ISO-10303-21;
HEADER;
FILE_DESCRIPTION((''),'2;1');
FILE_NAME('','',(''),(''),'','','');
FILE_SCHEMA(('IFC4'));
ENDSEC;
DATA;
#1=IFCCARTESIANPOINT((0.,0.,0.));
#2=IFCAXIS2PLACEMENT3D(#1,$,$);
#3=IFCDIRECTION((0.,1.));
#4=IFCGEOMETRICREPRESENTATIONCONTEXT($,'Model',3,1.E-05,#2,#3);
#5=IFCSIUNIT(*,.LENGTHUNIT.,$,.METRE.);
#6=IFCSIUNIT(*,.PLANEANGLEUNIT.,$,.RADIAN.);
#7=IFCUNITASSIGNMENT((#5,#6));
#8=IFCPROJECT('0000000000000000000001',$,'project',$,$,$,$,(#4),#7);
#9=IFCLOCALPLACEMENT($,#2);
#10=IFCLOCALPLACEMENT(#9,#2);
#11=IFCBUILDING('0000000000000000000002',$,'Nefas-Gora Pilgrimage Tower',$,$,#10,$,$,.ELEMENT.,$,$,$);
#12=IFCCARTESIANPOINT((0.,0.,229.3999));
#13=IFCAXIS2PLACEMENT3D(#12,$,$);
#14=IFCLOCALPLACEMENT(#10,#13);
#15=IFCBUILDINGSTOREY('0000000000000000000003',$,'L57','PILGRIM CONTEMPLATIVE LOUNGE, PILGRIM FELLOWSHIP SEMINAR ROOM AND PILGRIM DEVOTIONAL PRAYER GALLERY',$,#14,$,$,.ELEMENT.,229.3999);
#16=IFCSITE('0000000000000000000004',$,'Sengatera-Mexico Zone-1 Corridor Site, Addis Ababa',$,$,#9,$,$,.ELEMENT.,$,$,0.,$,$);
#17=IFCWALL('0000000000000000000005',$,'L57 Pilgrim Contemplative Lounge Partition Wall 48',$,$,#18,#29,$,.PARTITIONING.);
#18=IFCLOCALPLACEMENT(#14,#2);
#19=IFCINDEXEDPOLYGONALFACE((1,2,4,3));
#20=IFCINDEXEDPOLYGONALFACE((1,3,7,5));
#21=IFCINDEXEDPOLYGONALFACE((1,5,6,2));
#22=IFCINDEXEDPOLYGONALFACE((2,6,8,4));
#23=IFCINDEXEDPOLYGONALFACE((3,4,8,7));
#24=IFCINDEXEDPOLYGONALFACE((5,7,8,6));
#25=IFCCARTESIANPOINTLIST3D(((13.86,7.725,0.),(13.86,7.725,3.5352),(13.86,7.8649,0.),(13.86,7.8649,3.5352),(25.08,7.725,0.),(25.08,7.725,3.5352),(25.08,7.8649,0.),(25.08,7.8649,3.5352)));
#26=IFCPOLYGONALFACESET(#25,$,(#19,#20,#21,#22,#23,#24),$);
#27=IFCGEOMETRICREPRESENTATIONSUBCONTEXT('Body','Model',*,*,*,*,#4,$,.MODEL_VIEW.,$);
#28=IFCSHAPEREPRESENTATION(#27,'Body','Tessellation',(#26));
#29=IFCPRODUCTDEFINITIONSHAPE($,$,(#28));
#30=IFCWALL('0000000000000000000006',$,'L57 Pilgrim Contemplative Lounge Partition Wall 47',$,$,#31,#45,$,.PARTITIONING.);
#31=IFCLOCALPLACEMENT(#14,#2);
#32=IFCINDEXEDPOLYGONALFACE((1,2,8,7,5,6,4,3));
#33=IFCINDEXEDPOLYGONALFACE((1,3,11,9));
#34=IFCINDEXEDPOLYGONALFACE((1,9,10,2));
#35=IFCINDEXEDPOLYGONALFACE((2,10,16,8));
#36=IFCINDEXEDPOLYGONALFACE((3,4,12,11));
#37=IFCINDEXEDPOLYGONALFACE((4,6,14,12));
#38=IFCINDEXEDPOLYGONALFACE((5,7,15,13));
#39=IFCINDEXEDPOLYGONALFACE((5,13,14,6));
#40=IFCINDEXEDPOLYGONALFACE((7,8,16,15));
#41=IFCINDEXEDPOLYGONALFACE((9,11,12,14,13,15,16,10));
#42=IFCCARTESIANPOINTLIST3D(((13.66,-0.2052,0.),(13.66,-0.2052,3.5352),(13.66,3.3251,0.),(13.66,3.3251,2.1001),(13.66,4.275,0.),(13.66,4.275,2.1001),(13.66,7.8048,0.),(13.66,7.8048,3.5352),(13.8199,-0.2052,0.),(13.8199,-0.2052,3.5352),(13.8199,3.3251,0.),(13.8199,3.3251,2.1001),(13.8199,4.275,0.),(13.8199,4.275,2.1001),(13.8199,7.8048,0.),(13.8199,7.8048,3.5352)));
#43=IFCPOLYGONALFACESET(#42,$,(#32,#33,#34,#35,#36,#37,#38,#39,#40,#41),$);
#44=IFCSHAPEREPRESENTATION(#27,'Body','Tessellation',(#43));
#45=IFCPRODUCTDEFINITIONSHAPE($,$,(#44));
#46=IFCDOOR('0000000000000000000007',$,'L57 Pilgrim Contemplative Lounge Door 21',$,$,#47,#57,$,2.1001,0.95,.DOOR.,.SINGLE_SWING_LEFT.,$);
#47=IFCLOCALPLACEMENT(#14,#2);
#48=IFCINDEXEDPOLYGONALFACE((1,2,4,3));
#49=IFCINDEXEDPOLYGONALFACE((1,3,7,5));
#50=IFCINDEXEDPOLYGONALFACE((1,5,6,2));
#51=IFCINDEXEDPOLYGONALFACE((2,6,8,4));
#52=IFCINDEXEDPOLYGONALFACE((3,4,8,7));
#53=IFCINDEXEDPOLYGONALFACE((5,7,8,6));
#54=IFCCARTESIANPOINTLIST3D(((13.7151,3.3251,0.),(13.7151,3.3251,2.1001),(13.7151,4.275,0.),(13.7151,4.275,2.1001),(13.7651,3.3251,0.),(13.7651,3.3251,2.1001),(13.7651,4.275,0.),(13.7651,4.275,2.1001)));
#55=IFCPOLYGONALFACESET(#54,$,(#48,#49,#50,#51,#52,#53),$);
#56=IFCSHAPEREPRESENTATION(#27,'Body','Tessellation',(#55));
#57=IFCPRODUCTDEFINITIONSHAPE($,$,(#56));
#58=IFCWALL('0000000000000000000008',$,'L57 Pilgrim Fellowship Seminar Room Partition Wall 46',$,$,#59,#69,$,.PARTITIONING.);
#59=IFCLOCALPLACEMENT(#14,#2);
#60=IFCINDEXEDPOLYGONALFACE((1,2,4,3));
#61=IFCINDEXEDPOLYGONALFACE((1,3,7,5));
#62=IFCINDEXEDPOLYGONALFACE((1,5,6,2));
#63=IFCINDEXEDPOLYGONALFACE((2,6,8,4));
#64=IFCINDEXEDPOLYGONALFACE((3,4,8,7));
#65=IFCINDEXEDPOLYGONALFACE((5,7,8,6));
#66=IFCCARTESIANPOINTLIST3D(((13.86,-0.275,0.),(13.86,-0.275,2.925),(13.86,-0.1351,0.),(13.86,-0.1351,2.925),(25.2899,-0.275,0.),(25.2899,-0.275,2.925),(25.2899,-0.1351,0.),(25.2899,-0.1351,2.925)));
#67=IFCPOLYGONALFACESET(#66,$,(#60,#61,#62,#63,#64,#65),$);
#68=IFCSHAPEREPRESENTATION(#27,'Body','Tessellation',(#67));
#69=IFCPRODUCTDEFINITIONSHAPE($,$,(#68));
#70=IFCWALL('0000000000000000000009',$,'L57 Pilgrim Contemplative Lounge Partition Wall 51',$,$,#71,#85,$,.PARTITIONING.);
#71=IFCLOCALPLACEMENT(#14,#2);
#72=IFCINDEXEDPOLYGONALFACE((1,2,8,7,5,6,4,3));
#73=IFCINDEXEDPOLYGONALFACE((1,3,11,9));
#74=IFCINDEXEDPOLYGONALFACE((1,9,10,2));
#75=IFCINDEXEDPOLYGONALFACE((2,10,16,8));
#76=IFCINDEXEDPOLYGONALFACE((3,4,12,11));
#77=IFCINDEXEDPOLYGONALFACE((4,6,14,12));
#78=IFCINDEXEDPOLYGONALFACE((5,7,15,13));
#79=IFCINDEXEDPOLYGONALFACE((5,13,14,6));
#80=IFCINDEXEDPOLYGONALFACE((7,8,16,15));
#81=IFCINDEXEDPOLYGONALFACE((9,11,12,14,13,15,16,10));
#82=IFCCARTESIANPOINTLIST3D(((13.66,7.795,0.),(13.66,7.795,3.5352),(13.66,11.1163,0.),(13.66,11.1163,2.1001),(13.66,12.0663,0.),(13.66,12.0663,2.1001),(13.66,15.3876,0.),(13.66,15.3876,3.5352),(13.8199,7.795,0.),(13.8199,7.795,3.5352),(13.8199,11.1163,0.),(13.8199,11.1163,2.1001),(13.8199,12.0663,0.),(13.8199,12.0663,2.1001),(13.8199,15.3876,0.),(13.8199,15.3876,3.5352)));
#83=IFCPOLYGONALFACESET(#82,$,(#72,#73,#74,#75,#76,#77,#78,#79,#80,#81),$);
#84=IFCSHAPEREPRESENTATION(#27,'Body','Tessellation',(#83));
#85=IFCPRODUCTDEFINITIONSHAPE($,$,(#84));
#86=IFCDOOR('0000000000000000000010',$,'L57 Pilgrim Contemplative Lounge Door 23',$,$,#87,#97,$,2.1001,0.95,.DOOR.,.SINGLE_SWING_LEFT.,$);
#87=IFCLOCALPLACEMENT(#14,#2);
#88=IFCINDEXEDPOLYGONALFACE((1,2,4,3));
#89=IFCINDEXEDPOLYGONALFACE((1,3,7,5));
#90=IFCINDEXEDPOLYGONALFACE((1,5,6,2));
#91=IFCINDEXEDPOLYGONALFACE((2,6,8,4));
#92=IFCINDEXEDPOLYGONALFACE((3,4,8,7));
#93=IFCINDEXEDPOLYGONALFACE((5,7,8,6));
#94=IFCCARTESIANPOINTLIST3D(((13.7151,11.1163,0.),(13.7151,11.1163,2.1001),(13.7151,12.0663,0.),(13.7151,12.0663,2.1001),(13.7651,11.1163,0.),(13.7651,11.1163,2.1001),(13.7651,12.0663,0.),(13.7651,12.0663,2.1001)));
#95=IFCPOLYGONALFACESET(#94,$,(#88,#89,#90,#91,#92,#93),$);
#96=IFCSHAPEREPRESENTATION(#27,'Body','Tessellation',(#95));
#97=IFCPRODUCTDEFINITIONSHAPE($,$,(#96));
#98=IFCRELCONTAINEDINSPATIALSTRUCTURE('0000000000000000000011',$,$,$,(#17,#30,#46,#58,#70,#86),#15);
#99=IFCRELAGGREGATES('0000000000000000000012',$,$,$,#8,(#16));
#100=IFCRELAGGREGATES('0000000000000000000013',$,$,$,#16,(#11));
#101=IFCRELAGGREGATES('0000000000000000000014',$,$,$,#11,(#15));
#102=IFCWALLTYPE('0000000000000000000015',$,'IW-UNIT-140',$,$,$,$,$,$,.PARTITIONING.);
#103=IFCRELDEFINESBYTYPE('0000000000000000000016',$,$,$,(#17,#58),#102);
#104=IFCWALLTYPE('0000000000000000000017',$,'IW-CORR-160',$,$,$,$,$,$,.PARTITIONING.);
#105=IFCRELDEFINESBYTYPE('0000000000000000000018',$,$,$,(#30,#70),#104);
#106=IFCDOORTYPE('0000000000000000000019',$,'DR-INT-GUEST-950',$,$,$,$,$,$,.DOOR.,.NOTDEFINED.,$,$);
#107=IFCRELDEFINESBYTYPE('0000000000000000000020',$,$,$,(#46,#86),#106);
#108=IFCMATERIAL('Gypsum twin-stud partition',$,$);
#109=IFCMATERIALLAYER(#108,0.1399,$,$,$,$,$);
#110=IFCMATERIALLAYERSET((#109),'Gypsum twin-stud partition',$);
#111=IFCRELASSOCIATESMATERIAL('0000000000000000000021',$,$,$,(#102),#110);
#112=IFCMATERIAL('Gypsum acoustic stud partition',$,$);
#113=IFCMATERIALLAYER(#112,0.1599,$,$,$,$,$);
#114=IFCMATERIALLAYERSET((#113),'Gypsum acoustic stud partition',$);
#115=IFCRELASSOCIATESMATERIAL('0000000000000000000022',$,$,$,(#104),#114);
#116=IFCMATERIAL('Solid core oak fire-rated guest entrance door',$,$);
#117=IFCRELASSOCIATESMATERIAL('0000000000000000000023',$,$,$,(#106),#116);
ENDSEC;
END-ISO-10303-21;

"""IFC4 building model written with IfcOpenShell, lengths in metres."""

from ifc_helpers import new_model, si_unit, direction, frame, frame_2d, origin, place, context, subcontext, project, spatial, rectangle, extrude, source, transform, mapped, material, layer, layer_set, type_object, element, fill, save


model = new_model("IFC4")

# Units and contexts
model_context = context("Model", 3, precision=1e-05, world=origin(), true_north=direction((0.0, 1.0)))
body_context = subcontext(model_context, "Body", "Model", "MODEL_VIEW")
ifc_project = project(units=[si_unit("LENGTHUNIT", "METRE"), si_unit("PLANEANGLEUNIT", "RADIAN")], contexts=[model_context])

# Site, building, storey
site_placement = place(None, origin())
site = spatial("IfcSite", under=ifc_project, at=site_placement, Name="Sengatera-Mexico Zone-1 Corridor Site, Addis Ababa", CompositionType="ELEMENT", RefElevation=0.0)
building_placement = place(site_placement, origin())
building = spatial("IfcBuilding", under=site, at=building_placement, Name="Nefas-Gora Pilgrimage Tower", CompositionType="ELEMENT")
storey_placement = place(building_placement, frame((0.0, 0.0, 229.3999)))
storey = spatial("IfcBuildingStorey", under=building, at=storey_placement, Name="L57", Description="PILGRIM CONTEMPLATIVE LOUNGE, PILGRIM FELLOWSHIP SEMINAR ROOM AND PILGRIM DEVOTIONAL PRAYER GALLERY", CompositionType="ELEMENT", Elevation=229.3999)

# Wall
ifc_material_1 = material(Name="Gypsum twin-stud partition")
ifc_layer_1 = layer(ifc_material_1, 0.1399)
ifc_layer_set_1 = layer_set([ifc_layer_1], Name="Gypsum twin-stud partition")
wall_type_1 = type_object("IfcWallType", Name="IW-UNIT-140", PredefinedType="PARTITIONING", material=ifc_layer_set_1)
shared_shape_1 = source(origin(), body_context, "Body", "SweptSolid", [
    extrude(rectangle(XDim=11.22, YDim=0.1399, at=frame_2d((5.6099, 0.0))), origin(), (0.0, 0.0, 1.0), 3.5352),
])
wall_1_placement = place(storey_placement, frame((13.8601, 7.7949, 0.0), z_axis=(0.0, 0.0, 1.0), x_axis=(1.0, 0.0, 0.0)))
element("IfcWall", 1, at=wall_1_placement, inside=storey, type_object=wall_type_1, Name="L57 Pilgrim Contemplative Lounge Partition Wall 48", PredefinedType="PARTITIONING", context=body_context, shape_type="MappedRepresentation", body=[
    mapped(shared_shape_1, transform((0.0, 0.0, 0.0), x_axis=(1.0, 0.0, 0.0), y_axis=(0.0, 1.0, 0.0), z_axis=(0.0, 0.0, 1.0), scale=1.0)),
])

# Wall, opening, door
ifc_material_2 = material(Name="Gypsum acoustic stud partition")
ifc_layer_2 = layer(ifc_material_2, 0.1599)
ifc_layer_set_2 = layer_set([ifc_layer_2], Name="Gypsum acoustic stud partition")
wall_type_2 = type_object("IfcWallType", Name="IW-CORR-160", PredefinedType="PARTITIONING", material=ifc_layer_set_2)
shared_shape_2 = source(origin(), body_context, "Body", "SweptSolid", [
    extrude(rectangle(XDim=8.01, YDim=0.1599, at=frame_2d((4.0049, 0.0))), origin(), (0.0, 0.0, 1.0), 3.5352),
])
wall_2_placement = place(storey_placement, frame((13.74, -0.2051, 0.0), z_axis=(0.0, 0.0, 1.0), x_axis=(0.0, 1.0, 0.0)))
wall_2 = element("IfcWall", 2, at=wall_2_placement, inside=storey, type_object=wall_type_2, Name="L57 Pilgrim Contemplative Lounge Partition Wall 47", PredefinedType="PARTITIONING", context=body_context, shape_type="MappedRepresentation", body=[
    mapped(shared_shape_2, transform((0.0, 0.0, 0.0), x_axis=(1.0, 0.0, 0.0), y_axis=(0.0, 1.0, 0.0), z_axis=(0.0, 0.0, 1.0), scale=1.0)),
])
opening_1_placement = place(wall_2_placement, frame((3.53, 0.0, 0.0)))
opening_1 = element("IfcOpeningElement", 3, at=opening_1_placement, cuts=wall_2, PredefinedType="OPENING", context=body_context, shape_type="SweptSolid", body=[
    extrude(rectangle(XDim=0.95, YDim=2.1001, at=frame_2d((0.4751, 1.05))), frame((0.0, 0.0898, 0.0), z_axis=(0.0, -1.0, 0.0), x_axis=(1.0, 0.0, 0.0)), (0.0, 0.0, 1.0), 0.1799),
])
ifc_material_3 = material(Name="Solid core oak fire-rated guest entrance door")
door_type = type_object("IfcDoorType", Name="DR-INT-GUEST-950", OperationType="NOTDEFINED", PredefinedType="DOOR", material=ifc_material_3)
shared_shape_3 = source(origin(), body_context, "Body", "SweptSolid", [
    extrude(rectangle(XDim=0.95, YDim=2.1001, at=frame_2d((0.4751, 1.05))), frame((0.0, 0.0249, 0.0), z_axis=(0.0, -1.0, 0.0), x_axis=(1.0, 0.0, 0.0)), (0.0, 0.0, 1.0), 0.05),
])
door_1_placement = place(opening_1_placement, origin())
door_1 = element("IfcDoor", 4, at=door_1_placement, inside=storey, type_object=door_type, Name="L57 Pilgrim Contemplative Lounge Door 21", OperationType="SINGLE_SWING_LEFT", OverallHeight=2.1001, OverallWidth=0.95, PredefinedType="DOOR", context=body_context, shape_type="MappedRepresentation", body=[
    mapped(shared_shape_3, transform((0.0, 0.0, 0.0), x_axis=(1.0, 0.0, 0.0), y_axis=(0.0, 1.0, 0.0), z_axis=(0.0, 0.0, 1.0), scale=1.0)),
])
fill(opening_1, door_1)

# Wall
shared_shape_4 = source(origin(), body_context, "Body", "SweptSolid", [
    extrude(rectangle(XDim=11.4299, YDim=0.1399, at=frame_2d((5.7148, 0.0))), origin(), (0.0, 0.0, 1.0), 2.925),
])
wall_3_placement = place(storey_placement, frame((13.8601, -0.2051, 0.0), z_axis=(0.0, 0.0, 1.0), x_axis=(1.0, 0.0, 0.0)))
element("IfcWall", 5, at=wall_3_placement, inside=storey, type_object=wall_type_1, Name="L57 Pilgrim Fellowship Seminar Room Partition Wall 46", PredefinedType="PARTITIONING", context=body_context, shape_type="MappedRepresentation", body=[
    mapped(shared_shape_4, transform((0.0, 0.0, 0.0), x_axis=(1.0, 0.0, 0.0), y_axis=(0.0, 1.0, 0.0), z_axis=(0.0, 0.0, 1.0), scale=1.0)),
])

# Wall, opening, door
shared_shape_5 = source(origin(), body_context, "Body", "SweptSolid", [
    extrude(rectangle(XDim=7.5925, YDim=0.1599, at=frame_2d((3.7964, 0.0))), origin(), (0.0, 0.0, 1.0), 3.5352),
])
wall_4_placement = place(storey_placement, frame((13.74, 7.7949, 0.0), z_axis=(0.0, 0.0, 1.0), x_axis=(0.0, 1.0, 0.0)))
wall_4 = element("IfcWall", 6, at=wall_4_placement, inside=storey, type_object=wall_type_2, Name="L57 Pilgrim Contemplative Lounge Partition Wall 51", PredefinedType="PARTITIONING", context=body_context, shape_type="MappedRepresentation", body=[
    mapped(shared_shape_5, transform((0.0, 0.0, 0.0), x_axis=(1.0, 0.0, 0.0), y_axis=(0.0, 1.0, 0.0), z_axis=(0.0, 0.0, 1.0), scale=1.0)),
])
opening_2_placement = place(wall_4_placement, frame((3.3213, 0.0, 0.0)))
opening_2 = element("IfcOpeningElement", 7, at=opening_2_placement, cuts=wall_4, PredefinedType="OPENING", context=body_context, shape_type="SweptSolid", body=[
    extrude(rectangle(XDim=0.95, YDim=2.1001, at=frame_2d((0.4751, 1.05))), frame((0.0, 0.0898, 0.0), z_axis=(0.0, -1.0, 0.0), x_axis=(1.0, 0.0, 0.0)), (0.0, 0.0, 1.0), 0.1799),
])
door_2_placement = place(opening_2_placement, origin())
door_2 = element("IfcDoor", 8, at=door_2_placement, inside=storey, type_object=door_type, Name="L57 Pilgrim Contemplative Lounge Door 23", OperationType="SINGLE_SWING_LEFT", OverallHeight=2.1001, OverallWidth=0.95, PredefinedType="DOOR", context=body_context, shape_type="MappedRepresentation", body=[
    mapped(shared_shape_3, transform((0.0, 0.0, 0.0), x_axis=(1.0, 0.0, 0.0), y_axis=(0.0, 1.0, 0.0), z_axis=(0.0, 0.0, 1.0), scale=1.0)),
])
fill(opening_2, door_2)

save(model, "model.ifc")
